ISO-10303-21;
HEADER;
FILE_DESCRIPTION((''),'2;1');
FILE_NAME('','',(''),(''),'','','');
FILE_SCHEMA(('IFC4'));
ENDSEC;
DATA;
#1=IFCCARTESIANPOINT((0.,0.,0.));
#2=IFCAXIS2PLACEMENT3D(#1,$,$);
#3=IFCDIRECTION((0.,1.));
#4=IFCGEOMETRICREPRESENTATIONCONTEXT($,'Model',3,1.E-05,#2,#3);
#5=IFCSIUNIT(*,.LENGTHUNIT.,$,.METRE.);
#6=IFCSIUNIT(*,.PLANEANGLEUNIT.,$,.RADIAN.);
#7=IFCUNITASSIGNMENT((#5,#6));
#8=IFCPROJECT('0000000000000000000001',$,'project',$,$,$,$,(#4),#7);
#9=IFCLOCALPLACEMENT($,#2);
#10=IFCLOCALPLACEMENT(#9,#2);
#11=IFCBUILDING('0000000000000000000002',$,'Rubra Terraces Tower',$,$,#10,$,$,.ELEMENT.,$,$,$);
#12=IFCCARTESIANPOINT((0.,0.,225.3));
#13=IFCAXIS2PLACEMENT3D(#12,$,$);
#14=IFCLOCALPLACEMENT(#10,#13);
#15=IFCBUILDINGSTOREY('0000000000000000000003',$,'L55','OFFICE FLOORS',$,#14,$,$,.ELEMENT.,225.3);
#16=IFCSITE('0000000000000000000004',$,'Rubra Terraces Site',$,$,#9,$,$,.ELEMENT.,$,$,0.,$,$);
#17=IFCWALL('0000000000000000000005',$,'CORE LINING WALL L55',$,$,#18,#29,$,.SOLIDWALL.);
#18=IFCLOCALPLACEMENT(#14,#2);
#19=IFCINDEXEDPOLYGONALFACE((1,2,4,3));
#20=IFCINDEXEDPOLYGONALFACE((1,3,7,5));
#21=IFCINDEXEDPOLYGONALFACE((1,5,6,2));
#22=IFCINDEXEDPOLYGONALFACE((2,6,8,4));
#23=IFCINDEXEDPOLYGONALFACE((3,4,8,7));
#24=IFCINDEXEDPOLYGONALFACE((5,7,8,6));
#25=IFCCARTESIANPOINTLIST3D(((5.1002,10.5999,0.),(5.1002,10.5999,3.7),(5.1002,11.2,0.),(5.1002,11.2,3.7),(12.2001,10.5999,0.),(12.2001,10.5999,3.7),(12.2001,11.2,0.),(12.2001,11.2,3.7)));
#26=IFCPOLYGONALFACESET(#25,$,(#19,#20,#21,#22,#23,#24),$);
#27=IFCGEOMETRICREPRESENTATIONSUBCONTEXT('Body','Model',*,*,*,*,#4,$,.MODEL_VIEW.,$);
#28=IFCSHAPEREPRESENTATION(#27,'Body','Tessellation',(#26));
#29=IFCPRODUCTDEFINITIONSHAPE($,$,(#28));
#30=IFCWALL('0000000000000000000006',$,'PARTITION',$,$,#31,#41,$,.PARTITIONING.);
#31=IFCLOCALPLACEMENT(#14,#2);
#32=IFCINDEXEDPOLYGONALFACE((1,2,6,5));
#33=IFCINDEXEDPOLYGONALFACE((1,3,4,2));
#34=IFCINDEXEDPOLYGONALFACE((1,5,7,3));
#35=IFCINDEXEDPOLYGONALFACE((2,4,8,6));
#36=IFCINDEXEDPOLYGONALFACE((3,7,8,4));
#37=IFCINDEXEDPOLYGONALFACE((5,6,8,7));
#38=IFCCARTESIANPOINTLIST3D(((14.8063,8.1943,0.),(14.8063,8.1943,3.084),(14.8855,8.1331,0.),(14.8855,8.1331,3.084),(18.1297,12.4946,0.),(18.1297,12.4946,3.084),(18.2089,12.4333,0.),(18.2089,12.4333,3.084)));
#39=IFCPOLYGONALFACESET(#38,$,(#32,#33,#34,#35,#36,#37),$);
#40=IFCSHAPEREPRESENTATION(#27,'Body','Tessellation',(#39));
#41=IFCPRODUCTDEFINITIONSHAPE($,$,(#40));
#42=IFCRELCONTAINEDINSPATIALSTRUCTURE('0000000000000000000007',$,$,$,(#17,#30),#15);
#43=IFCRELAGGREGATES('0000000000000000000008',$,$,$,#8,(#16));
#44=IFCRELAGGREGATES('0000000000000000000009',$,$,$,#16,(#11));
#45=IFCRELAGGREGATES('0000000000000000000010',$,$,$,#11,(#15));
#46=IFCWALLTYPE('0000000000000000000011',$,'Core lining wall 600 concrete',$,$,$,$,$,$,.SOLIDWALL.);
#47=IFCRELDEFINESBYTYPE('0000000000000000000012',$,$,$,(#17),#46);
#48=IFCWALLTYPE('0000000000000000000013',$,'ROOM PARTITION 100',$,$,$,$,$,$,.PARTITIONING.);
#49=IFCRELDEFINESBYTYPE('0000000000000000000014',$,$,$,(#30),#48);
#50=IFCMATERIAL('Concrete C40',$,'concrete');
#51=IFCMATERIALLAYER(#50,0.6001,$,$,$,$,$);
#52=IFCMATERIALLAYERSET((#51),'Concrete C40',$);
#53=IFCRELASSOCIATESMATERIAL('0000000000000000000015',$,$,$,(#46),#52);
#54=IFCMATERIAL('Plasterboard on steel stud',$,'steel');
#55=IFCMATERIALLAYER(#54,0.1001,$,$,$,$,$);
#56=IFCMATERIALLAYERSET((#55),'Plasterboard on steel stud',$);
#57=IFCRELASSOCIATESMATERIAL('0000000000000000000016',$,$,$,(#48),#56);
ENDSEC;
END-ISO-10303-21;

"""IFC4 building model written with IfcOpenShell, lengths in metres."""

from ifc_helpers import new_model, si_unit, direction, frame, frame_2d, origin, place, context, subcontext, project, spatial, rectangle, extrude, material, layer, layer_set, type_object, element, save


model = new_model("IFC4")

# Units and contexts
model_context = context("Model", 3, precision=1e-05, world=origin(), true_north=direction((0.0, 1.0)))
body_context = subcontext(model_context, "Body", "Model", "MODEL_VIEW")
ifc_project = project(units=[si_unit("LENGTHUNIT", "METRE"), si_unit("PLANEANGLEUNIT", "RADIAN")], contexts=[model_context])

# Site, building, storey
site_placement = place(None, origin())
site = spatial("IfcSite", under=ifc_project, at=site_placement, Name="Rubra Terraces Site", CompositionType="ELEMENT", RefElevation=0.0)
building_placement = place(site_placement, origin())
building = spatial("IfcBuilding", under=site, at=building_placement, Name="Rubra Terraces Tower", CompositionType="ELEMENT")
storey_placement = place(building_placement, frame((0.0, 0.0, 225.3)))
storey = spatial("IfcBuildingStorey", under=building, at=storey_placement, Name="L55", Description="OFFICE FLOORS", CompositionType="ELEMENT", Elevation=225.3)

# Walls
ifc_material_1 = material(Name="Concrete C40", Category="concrete")
ifc_layer_1 = layer(ifc_material_1, 0.6001)
ifc_layer_set_1 = layer_set([ifc_layer_1], Name="Concrete C40")
wall_type_1 = type_object("IfcWallType", Name="Core lining wall 600 concrete", PredefinedType="SOLIDWALL", material=ifc_layer_set_1)
wall_1_placement = place(storey_placement, frame((12.2, 10.8999, 0.0), z_axis=(0.0, 0.0, 1.0), x_axis=(-1.0, 0.0, 0.0)))
element("IfcWall", 1, at=wall_1_placement, inside=storey, type_object=wall_type_1, Name="CORE LINING WALL L55", PredefinedType="SOLIDWALL", context=body_context, shape_type="SweptSolid", body=[
    extrude(rectangle(XDim=7.0999, YDim=0.6001, at=frame_2d((3.5498, 0.0))), origin(), (0.0, 0.0, 1.0), 3.7),
])
ifc_material_2 = material(Name="Plasterboard on steel stud", Category="steel")
ifc_layer_2 = layer(ifc_material_2, 0.1001)
ifc_layer_set_2 = layer_set([ifc_layer_2], Name="Plasterboard on steel stud")
wall_type_2 = type_object("IfcWallType", Name="ROOM PARTITION 100", PredefinedType="PARTITIONING", material=ifc_layer_set_2)
wall_2_placement = place(storey_placement, frame((14.8459, 8.1638, 0.0), z_axis=(0.0, 0.0, 1.0), x_axis=(0.611509, 0.791238, 0.0)))
element("IfcWall", 2, at=wall_2_placement, inside=storey, type_object=wall_type_2, Name="PARTITION", PredefinedType="PARTITIONING", context=body_context, shape_type="SweptSolid", body=[
    extrude(rectangle(XDim=5.4348, YDim=0.1001, at=frame_2d((2.7173, 0.0))), origin(), (0.0, 0.0, 1.0), 3.084),
])

save(model, "model.ifc")
